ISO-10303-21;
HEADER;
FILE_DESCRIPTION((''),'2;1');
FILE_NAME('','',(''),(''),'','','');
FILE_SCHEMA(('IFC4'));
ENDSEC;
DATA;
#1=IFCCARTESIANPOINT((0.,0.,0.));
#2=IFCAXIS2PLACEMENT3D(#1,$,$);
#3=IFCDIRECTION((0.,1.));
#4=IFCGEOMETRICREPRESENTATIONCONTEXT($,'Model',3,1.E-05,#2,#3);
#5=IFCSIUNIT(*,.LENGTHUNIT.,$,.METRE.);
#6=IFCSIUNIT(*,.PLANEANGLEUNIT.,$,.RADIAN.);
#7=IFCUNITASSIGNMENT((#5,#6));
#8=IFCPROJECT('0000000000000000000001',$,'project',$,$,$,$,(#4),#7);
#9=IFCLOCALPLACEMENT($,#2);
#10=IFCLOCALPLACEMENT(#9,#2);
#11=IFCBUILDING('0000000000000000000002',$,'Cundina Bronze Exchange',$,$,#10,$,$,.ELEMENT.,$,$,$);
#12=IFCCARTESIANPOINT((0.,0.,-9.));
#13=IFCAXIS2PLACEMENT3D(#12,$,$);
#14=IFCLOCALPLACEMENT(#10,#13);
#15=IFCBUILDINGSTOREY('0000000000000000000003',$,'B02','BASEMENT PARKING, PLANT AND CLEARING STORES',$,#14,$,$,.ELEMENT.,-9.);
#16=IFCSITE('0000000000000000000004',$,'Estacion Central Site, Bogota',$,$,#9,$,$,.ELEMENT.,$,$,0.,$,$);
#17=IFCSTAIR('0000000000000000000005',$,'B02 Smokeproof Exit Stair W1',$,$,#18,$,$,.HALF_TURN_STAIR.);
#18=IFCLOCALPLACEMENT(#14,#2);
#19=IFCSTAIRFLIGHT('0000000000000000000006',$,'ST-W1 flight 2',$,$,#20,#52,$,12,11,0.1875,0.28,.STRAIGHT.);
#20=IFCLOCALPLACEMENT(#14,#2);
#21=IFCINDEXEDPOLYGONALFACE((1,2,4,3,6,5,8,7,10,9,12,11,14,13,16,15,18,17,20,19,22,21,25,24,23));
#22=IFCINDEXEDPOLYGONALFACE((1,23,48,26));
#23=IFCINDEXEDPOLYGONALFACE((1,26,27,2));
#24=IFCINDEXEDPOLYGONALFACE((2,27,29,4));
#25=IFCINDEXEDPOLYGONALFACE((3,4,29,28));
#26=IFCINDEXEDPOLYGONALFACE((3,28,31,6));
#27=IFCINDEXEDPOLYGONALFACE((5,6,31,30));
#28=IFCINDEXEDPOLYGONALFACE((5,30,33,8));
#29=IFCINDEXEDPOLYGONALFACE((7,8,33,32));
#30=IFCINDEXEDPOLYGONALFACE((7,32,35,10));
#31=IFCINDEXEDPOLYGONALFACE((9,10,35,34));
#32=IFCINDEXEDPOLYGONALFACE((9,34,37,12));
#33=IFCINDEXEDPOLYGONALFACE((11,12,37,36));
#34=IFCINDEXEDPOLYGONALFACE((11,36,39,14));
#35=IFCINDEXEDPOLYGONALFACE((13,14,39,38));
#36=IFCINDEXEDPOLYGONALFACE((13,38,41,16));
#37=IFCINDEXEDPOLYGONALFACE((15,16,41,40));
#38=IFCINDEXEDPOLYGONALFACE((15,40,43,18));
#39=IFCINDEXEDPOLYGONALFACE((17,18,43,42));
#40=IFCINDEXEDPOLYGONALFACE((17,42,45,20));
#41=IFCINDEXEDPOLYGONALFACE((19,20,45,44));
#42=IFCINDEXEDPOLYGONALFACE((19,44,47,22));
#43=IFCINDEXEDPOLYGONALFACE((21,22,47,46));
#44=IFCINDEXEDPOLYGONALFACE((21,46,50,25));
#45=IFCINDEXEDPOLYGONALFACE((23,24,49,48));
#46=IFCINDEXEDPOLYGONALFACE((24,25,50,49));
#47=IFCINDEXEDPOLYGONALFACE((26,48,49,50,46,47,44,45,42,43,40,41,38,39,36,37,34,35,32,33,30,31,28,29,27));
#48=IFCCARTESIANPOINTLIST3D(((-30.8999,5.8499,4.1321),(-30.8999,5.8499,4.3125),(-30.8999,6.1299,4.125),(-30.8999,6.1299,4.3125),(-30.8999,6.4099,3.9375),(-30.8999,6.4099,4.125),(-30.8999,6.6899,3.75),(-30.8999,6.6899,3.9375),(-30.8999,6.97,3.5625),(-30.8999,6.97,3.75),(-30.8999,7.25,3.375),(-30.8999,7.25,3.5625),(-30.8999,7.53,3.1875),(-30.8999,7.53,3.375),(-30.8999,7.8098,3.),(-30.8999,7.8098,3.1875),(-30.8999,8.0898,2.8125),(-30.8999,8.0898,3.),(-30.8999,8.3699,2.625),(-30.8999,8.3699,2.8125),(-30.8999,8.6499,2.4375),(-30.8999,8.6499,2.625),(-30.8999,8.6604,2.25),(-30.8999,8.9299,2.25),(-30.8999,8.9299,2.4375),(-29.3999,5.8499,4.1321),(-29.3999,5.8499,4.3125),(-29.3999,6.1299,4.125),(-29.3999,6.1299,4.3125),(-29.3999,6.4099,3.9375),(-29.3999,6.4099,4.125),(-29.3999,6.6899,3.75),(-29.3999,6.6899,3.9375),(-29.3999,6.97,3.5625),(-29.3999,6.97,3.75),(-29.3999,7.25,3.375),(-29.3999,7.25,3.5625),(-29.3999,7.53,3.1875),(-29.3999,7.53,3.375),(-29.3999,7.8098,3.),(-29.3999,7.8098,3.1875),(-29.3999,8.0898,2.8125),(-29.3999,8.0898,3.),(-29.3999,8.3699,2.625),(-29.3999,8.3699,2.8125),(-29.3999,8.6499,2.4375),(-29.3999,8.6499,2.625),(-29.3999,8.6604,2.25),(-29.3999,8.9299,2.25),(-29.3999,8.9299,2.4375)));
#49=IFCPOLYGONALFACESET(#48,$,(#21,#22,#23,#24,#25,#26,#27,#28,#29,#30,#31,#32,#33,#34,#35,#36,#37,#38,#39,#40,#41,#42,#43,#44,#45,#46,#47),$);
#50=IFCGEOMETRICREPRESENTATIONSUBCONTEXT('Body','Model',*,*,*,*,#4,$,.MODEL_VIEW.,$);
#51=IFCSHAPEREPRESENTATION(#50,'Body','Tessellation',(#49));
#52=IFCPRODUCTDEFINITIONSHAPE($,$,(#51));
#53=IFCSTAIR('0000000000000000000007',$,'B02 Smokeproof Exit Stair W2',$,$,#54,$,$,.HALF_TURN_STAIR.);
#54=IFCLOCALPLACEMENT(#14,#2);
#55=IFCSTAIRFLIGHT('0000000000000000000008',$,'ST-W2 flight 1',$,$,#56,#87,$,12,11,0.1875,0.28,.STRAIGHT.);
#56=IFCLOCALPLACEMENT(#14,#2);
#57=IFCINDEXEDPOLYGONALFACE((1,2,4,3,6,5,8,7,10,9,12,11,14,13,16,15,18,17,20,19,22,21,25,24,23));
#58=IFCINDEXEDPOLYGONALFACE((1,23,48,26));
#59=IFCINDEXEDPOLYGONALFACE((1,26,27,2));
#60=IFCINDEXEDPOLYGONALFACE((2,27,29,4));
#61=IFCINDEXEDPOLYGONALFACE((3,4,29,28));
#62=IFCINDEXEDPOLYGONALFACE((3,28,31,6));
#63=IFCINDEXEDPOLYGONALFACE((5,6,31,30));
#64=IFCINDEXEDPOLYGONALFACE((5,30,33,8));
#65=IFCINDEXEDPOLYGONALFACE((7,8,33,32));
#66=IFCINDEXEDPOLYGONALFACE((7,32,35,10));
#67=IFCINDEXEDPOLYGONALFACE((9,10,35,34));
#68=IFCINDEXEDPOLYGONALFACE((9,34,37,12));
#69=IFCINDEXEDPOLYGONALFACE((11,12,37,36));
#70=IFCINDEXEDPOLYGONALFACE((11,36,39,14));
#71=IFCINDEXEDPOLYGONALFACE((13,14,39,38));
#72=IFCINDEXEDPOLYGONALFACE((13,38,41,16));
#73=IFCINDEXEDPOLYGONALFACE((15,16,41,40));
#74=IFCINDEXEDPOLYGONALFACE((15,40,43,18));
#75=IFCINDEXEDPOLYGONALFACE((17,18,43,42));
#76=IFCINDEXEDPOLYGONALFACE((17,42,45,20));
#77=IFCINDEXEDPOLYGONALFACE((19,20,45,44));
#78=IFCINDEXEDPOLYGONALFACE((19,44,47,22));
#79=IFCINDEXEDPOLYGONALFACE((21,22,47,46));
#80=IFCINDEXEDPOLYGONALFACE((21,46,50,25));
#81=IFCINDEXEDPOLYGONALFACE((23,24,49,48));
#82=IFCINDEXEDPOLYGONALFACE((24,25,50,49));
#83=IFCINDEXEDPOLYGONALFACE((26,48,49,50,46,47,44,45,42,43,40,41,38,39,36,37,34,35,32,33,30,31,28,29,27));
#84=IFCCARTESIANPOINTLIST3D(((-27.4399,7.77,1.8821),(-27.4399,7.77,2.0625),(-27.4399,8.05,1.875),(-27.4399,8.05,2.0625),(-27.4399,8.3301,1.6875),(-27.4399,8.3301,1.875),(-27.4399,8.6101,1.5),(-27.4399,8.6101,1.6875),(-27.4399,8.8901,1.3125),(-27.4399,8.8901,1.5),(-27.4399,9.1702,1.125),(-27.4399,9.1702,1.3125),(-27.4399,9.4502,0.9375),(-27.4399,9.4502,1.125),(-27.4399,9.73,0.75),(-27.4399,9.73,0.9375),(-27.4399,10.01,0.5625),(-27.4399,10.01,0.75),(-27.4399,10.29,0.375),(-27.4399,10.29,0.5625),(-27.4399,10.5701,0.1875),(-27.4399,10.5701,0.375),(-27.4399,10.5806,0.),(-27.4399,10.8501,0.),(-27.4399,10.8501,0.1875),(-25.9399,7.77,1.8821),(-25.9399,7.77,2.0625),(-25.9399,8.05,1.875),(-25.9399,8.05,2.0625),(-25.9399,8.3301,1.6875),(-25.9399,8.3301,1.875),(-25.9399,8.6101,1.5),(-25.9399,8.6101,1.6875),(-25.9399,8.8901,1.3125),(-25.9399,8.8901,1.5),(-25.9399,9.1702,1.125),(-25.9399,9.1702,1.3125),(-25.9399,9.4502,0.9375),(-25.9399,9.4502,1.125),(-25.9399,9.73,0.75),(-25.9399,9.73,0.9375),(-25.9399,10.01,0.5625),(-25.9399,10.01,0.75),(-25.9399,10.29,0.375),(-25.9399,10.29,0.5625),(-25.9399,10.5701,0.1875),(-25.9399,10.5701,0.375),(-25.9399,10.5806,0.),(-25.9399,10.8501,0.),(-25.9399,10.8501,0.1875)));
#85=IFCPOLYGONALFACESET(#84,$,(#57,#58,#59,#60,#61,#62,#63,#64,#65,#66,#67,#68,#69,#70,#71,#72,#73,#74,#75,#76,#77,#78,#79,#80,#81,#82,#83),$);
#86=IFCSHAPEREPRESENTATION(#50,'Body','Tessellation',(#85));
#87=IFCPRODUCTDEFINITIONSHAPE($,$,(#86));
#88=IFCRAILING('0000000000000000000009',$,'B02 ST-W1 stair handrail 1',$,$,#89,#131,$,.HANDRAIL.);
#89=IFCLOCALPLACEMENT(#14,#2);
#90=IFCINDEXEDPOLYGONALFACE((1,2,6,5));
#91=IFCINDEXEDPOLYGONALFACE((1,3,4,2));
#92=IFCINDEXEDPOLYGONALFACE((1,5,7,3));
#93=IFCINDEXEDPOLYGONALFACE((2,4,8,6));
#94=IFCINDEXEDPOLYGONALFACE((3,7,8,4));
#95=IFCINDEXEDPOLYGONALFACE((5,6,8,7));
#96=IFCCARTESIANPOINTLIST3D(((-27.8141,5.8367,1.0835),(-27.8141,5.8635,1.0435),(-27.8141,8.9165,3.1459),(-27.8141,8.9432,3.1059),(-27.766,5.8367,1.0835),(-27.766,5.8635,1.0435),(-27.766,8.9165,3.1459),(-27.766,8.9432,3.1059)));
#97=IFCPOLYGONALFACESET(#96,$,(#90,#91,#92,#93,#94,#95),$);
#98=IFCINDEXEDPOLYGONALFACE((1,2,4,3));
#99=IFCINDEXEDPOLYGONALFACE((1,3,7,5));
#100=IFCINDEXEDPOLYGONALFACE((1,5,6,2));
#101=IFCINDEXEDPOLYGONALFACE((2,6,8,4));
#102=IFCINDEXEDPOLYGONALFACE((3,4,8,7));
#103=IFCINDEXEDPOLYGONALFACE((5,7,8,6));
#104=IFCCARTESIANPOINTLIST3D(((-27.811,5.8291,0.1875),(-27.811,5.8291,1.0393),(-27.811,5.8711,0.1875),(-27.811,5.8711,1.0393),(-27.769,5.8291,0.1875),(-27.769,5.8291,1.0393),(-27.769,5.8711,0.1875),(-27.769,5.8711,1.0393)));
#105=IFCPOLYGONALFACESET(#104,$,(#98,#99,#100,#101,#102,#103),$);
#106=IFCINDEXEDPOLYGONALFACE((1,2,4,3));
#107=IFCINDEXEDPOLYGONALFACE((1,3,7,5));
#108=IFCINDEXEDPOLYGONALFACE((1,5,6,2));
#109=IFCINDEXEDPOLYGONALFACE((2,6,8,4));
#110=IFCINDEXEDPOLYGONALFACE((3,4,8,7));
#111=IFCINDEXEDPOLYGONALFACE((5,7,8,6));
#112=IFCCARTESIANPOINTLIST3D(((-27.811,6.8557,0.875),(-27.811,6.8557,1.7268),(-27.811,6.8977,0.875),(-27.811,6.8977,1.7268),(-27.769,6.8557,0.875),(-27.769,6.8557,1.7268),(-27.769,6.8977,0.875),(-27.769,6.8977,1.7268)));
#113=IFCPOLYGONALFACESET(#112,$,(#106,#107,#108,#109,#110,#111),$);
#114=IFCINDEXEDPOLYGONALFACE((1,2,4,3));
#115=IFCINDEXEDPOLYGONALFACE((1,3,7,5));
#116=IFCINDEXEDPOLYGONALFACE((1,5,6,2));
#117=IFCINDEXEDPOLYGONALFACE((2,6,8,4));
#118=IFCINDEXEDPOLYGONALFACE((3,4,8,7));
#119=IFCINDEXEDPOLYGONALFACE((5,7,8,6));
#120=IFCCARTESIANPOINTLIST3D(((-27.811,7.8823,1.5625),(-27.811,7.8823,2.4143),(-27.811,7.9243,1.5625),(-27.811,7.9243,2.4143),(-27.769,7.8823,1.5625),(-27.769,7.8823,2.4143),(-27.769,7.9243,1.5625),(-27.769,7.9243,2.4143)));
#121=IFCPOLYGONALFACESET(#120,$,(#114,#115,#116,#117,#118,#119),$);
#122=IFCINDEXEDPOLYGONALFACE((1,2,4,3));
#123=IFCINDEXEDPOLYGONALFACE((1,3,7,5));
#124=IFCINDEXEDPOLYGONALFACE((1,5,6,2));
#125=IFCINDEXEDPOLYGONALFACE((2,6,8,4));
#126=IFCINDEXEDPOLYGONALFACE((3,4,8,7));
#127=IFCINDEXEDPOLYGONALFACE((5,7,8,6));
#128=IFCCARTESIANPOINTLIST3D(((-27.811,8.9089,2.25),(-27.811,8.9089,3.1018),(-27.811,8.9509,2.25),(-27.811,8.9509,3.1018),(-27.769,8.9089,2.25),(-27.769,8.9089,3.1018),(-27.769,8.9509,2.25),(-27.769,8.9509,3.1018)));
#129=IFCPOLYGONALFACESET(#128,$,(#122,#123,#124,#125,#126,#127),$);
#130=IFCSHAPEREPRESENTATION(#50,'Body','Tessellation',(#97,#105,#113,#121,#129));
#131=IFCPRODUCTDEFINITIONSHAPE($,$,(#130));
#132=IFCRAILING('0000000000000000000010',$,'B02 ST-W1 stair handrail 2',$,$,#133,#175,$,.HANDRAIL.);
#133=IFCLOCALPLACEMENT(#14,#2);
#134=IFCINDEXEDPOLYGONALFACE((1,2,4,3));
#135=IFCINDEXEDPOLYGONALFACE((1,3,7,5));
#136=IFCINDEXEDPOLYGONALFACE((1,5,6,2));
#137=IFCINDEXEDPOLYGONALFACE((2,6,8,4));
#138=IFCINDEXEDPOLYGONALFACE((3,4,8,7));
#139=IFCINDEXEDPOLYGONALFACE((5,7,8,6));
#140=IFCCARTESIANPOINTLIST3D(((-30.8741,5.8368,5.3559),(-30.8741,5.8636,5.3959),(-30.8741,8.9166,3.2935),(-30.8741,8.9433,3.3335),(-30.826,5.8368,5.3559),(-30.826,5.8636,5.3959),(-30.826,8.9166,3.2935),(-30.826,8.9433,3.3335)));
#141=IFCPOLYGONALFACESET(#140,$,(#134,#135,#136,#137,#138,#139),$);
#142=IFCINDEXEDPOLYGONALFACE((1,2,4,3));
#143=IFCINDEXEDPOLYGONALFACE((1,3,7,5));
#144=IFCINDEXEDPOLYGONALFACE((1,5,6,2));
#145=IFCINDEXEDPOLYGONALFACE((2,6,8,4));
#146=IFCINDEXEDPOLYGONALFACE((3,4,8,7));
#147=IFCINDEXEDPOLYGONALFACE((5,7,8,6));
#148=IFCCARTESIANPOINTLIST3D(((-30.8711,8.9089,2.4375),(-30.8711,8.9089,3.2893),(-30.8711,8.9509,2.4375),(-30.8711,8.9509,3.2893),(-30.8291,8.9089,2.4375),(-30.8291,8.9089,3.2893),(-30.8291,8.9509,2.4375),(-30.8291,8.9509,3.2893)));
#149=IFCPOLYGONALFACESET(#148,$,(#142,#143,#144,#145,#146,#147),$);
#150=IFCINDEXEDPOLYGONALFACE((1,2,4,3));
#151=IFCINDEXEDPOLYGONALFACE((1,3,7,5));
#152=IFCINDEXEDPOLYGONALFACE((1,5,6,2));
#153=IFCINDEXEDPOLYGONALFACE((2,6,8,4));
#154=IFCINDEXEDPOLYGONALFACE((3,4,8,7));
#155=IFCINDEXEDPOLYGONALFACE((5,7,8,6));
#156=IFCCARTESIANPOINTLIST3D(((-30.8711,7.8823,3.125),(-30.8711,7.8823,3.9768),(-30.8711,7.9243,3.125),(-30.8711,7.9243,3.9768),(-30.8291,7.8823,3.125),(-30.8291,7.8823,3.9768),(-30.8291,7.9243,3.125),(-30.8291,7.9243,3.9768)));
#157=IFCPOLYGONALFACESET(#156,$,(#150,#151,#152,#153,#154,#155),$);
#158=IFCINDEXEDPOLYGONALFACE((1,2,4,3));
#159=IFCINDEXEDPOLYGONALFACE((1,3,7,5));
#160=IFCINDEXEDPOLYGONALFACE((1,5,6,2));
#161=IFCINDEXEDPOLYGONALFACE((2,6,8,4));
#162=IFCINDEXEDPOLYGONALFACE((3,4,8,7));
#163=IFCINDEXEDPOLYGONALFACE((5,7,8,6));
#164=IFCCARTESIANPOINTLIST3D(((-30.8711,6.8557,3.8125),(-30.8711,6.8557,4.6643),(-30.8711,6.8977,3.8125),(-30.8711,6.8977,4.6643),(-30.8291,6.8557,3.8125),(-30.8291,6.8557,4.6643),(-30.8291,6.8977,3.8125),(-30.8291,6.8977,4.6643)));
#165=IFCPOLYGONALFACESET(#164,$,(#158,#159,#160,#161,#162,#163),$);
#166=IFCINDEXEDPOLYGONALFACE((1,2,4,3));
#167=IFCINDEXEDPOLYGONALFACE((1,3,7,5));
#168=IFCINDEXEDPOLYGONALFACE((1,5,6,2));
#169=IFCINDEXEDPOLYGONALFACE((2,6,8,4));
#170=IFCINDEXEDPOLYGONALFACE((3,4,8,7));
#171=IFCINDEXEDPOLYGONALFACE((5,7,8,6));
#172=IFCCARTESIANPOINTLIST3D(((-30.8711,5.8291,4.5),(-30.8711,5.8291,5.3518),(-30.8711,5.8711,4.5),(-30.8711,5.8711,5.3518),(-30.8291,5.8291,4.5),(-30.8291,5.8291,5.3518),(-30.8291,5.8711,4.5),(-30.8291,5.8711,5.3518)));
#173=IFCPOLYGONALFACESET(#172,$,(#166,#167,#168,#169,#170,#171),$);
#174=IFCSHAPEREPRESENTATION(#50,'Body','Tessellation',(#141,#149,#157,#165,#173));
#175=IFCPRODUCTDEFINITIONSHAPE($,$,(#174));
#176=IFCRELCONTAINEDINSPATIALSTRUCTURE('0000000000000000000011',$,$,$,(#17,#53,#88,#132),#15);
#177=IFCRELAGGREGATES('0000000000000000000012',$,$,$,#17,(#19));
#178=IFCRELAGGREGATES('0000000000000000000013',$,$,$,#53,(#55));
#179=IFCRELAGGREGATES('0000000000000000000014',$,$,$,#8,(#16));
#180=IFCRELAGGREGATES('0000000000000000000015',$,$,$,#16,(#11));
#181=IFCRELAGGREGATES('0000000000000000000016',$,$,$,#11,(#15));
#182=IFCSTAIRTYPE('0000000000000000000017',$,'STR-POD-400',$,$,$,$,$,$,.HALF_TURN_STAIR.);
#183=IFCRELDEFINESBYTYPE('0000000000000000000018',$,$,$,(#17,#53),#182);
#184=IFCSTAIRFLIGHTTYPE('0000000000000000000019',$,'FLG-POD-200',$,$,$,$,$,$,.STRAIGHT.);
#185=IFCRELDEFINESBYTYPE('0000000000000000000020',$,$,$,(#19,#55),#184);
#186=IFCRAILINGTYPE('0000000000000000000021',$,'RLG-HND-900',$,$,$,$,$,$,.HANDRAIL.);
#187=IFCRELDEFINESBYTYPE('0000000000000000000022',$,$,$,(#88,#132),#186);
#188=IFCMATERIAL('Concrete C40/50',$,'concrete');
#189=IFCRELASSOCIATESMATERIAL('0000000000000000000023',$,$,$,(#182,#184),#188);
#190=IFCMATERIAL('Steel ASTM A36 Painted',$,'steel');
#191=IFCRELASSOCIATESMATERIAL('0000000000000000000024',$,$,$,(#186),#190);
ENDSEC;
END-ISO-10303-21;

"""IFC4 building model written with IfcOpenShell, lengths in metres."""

from ifc_helpers import new_model, si_unit, direction, frame, origin, origin_2d, place, context, subcontext, project, spatial, polyline, rectangle, outline, extrude, material, type_object, element, aggregate, save


model = new_model("IFC4")

# Units and contexts
model_context = context("Model", 3, precision=1e-05, world=origin(), true_north=direction((0.0, 1.0)))
body_context = subcontext(model_context, "Body", "Model", "MODEL_VIEW")
ifc_project = project(units=[si_unit("LENGTHUNIT", "METRE"), si_unit("PLANEANGLEUNIT", "RADIAN")], contexts=[model_context])

# Site, building, storey
site_placement = place(None, origin())
site = spatial("IfcSite", under=ifc_project, at=site_placement, Name="Estacion Central Site, Bogota", CompositionType="ELEMENT", RefElevation=0.0)
building_placement = place(site_placement, origin())
building = spatial("IfcBuilding", under=site, at=building_placement, Name="Cundina Bronze Exchange", CompositionType="ELEMENT")
storey_placement = place(building_placement, frame((0.0, 0.0, -9.0)))
storey = spatial("IfcBuildingStorey", under=building, at=storey_placement, Name="B02", Description="BASEMENT PARKING, PLANT AND CLEARING STORES", CompositionType="ELEMENT", Elevation=-9.0)

# Shared definitions
ifc_material_1 = material(Name="Concrete C40/50", Category="concrete")

# Shared definitions
ifc_material_2 = material(Name="Steel ASTM A36 Painted", Category="steel")

# Stair, stair flight
stair_type = type_object("IfcStairType", Name="STR-POD-400", PredefinedType="HALF_TURN_STAIR", material=ifc_material_1)
stair_1_placement = place(storey_placement, origin())
stair_1 = element("IfcStair", 1, at=stair_1_placement, inside=storey, type_object=stair_type, Name="B02 Smokeproof Exit Stair W1", PredefinedType="HALF_TURN_STAIR")
stair_flight_type = type_object("IfcStairFlightType", Name="FLG-POD-200", PredefinedType="STRAIGHT", material=ifc_material_1)
stair_flight_1_placement = place(storey_placement, frame((-30.1499, 8.9299, 2.25), z_axis=(0.0, 0.0, 1.0), x_axis=(0.0, -1.0, 0.0)))
stair_flight_1 = element("IfcStairFlight", 2, at=stair_flight_1_placement, type_object=stair_flight_type, Name="ST-W1 flight 2", NumberOfRisers=12, NumberOfTreads=11, PredefinedType="STRAIGHT", RiserHeight=0.1875, TreadLength=0.28, context=body_context, shape_type="SweptSolid", body=[
    extrude(outline(polyline([(0.0, 0.0), (0.0, 0.1875), (0.28, 0.1875), (0.28, 0.375), (0.5601, 0.375), (0.5601, 0.5625), (0.8401, 0.5625), (0.8401, 0.75), (1.1201, 0.75), (1.1201, 0.9375), (1.3999, 0.9375), (1.3999, 1.125), (1.6799, 1.125), (1.6799, 1.3125), (1.96, 1.3125), (1.96, 1.5), (2.24, 1.5), (2.24, 1.6875), (2.52, 1.6875), (2.52, 1.875), (2.8, 1.875), (2.8, 2.0625), (3.0801, 2.0625), (3.0801, 2.25), (3.0801, 1.8821), (0.2695, 0.0), (0.0, 0.0)])), frame((0.0, 0.75, 0.0), z_axis=(0.0, -1.0, 0.0), x_axis=(1.0, 0.0, 0.0)), (0.0, 0.0, 1.0), 1.5),
])
aggregate(stair_1, [stair_flight_1])

# Stair, stair flight
stair_2_placement = place(storey_placement, origin())
stair_2 = element("IfcStair", 3, at=stair_2_placement, inside=storey, type_object=stair_type, Name="B02 Smokeproof Exit Stair W2", PredefinedType="HALF_TURN_STAIR")
stair_flight_2_placement = place(storey_placement, frame((-26.6899, 10.8501, 0.0), z_axis=(0.0, 0.0, 1.0), x_axis=(0.0, -1.0, 0.0)))
stair_flight_2 = element("IfcStairFlight", 4, at=stair_flight_2_placement, type_object=stair_flight_type, Name="ST-W2 flight 1", NumberOfRisers=12, NumberOfTreads=11, PredefinedType="STRAIGHT", RiserHeight=0.1875, TreadLength=0.28, context=body_context, shape_type="SweptSolid", body=[
    extrude(outline(polyline([(0.0, 0.0), (0.0, 0.1875), (0.28, 0.1875), (0.28, 0.375), (0.5601, 0.375), (0.5601, 0.5625), (0.8401, 0.5625), (0.8401, 0.75), (1.1201, 0.75), (1.1201, 0.9375), (1.3999, 0.9375), (1.3999, 1.125), (1.6799, 1.125), (1.6799, 1.3125), (1.96, 1.3125), (1.96, 1.5), (2.24, 1.5), (2.24, 1.6875), (2.52, 1.6875), (2.52, 1.875), (2.8, 1.875), (2.8, 2.0625), (3.0801, 2.0625), (3.0801, 2.25), (3.0801, 1.8821), (0.2695, 0.0), (0.0, 0.0)])), frame((0.0, 0.75, 0.0), z_axis=(0.0, -1.0, 0.0), x_axis=(1.0, 0.0, 0.0)), (0.0, 0.0, 1.0), 1.5),
])
aggregate(stair_2, [stair_flight_2])

# Railings
railing_type_1 = type_object("IfcRailingType", Name="RLG-HND-900", PredefinedType="HANDRAIL", material=ifc_material_2)
railing_1_placement = place(storey_placement, frame((-27.79, 5.8501, 0.1875)))
element("IfcRailing", 5, at=railing_1_placement, inside=storey, type_object=railing_type_1, Name="B02 ST-W1 stair handrail 1", PredefinedType="HANDRAIL", context=body_context, shape_type="SweptSolid", body=[
    extrude(rectangle(XDim=0.0481, YDim=0.0481, at=origin_2d()), frame((0.0, 0.0, 0.876), z_axis=(0.0, 0.830893, 0.556432), x_axis=(-1.0, 0.0, 0.0)), (0.0, 0.0, 1.0), 3.7065),
    extrude(rectangle(XDim=0.042, YDim=0.042, at=origin_2d()), origin(), (0.0, 0.0, 1.0), 0.8518),
    extrude(rectangle(XDim=0.042, YDim=0.042, at=origin_2d()), frame((0.0, 1.0266, 0.6875)), (0.0, 0.0, 1.0), 0.8518),
    extrude(rectangle(XDim=0.042, YDim=0.042, at=origin_2d()), frame((0.0, 2.0532, 1.375)), (0.0, 0.0, 1.0), 0.8518),
    extrude(rectangle(XDim=0.042, YDim=0.042, at=origin_2d()), frame((0.0, 3.0798, 2.0625)), (0.0, 0.0, 1.0), 0.8518),
])
railing_2_placement = place(storey_placement, frame((-30.8501, 8.9299, 2.4375)))
element("IfcRailing", 6, at=railing_2_placement, inside=storey, type_object=railing_type_1, Name="B02 ST-W1 stair handrail 2", PredefinedType="HANDRAIL", context=body_context, shape_type="SweptSolid", body=[
    extrude(rectangle(XDim=0.0481, YDim=0.0481, at=origin_2d()), frame((0.0, 0.0, 0.876), z_axis=(0.0, -0.830893, 0.556432), x_axis=(1.0, 0.0, 0.0)), (0.0, 0.0, 1.0), 3.7065),
    extrude(rectangle(XDim=0.042, YDim=0.042, at=origin_2d()), origin(), (0.0, 0.0, 1.0), 0.8518),
    extrude(rectangle(XDim=0.042, YDim=0.042, at=origin_2d()), frame((0.0, -1.0266, 0.6875)), (0.0, 0.0, 1.0), 0.8518),
    extrude(rectangle(XDim=0.042, YDim=0.042, at=origin_2d()), frame((0.0, -2.0532, 1.375)), (0.0, 0.0, 1.0), 0.8518),
    extrude(rectangle(XDim=0.042, YDim=0.042, at=origin_2d()), frame((0.0, -3.0798, 2.0625)), (0.0, 0.0, 1.0), 0.8518),
])

save(model, "model.ifc")
